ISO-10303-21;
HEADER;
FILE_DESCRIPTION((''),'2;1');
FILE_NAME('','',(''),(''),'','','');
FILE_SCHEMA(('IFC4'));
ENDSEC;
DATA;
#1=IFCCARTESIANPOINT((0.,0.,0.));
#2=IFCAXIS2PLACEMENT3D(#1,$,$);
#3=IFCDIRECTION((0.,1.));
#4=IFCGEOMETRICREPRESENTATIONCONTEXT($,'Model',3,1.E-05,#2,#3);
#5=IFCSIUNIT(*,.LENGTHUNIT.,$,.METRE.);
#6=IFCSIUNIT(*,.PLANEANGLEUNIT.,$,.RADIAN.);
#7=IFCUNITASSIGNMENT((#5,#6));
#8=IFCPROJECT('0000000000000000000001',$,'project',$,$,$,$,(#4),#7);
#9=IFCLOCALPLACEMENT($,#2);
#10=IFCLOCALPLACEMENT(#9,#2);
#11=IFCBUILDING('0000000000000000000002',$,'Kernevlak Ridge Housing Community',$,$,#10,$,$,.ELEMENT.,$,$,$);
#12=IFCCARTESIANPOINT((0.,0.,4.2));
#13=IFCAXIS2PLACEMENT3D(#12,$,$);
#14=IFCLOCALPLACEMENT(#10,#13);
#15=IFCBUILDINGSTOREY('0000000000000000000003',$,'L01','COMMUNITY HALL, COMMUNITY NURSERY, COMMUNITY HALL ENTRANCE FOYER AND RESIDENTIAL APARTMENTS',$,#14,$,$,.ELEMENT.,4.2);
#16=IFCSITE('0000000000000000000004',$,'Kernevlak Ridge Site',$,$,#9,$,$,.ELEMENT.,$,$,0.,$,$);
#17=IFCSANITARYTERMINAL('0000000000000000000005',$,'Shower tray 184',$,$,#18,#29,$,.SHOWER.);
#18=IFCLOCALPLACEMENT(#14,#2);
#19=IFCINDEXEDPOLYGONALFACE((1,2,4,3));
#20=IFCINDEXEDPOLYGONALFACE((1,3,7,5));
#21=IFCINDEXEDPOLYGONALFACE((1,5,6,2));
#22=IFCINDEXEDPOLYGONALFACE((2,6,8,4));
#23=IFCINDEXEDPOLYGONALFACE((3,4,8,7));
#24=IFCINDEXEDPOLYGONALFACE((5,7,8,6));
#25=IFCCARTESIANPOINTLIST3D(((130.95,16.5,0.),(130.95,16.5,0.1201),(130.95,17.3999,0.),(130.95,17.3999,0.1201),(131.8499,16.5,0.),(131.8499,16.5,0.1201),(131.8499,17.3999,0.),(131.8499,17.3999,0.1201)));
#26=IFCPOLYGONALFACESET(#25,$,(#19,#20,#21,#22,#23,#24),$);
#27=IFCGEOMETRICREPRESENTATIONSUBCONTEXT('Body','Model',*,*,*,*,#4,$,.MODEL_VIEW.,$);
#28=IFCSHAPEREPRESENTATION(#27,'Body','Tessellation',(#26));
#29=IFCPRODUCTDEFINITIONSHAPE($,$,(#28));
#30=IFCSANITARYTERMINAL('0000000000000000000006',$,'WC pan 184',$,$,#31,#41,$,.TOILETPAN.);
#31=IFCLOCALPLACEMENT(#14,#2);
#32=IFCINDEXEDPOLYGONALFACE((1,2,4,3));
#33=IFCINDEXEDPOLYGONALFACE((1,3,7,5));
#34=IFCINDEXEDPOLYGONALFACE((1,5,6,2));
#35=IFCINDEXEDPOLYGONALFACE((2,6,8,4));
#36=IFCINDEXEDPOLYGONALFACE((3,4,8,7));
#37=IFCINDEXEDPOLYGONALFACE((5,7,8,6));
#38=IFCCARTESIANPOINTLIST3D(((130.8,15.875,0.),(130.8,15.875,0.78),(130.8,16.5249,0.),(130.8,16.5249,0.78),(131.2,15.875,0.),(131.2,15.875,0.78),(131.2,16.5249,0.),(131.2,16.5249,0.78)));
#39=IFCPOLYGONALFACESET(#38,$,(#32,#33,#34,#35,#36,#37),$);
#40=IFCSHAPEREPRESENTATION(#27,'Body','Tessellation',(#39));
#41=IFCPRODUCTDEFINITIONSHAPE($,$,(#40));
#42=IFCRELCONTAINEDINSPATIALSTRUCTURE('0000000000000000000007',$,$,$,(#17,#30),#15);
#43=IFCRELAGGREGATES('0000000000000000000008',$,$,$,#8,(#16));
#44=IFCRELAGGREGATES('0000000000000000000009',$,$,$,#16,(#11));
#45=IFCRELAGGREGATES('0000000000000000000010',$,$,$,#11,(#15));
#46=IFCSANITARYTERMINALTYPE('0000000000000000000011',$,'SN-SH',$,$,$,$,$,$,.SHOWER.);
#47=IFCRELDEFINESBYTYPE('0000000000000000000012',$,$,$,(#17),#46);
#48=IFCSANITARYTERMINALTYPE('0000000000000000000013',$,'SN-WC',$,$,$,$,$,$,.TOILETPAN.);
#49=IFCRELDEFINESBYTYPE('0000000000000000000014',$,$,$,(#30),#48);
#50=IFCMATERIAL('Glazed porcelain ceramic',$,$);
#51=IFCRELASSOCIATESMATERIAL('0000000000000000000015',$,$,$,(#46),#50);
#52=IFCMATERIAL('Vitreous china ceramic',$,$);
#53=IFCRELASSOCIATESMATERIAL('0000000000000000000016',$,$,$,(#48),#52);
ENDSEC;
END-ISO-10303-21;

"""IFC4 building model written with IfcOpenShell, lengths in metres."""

from ifc_helpers import new_model, si_unit, direction, frame, origin, origin_2d, place, context, subcontext, project, spatial, rectangle, extrude, material, type_object, element, save


model = new_model("IFC4")

# Units and contexts
model_context = context("Model", 3, precision=1e-05, world=origin(), true_north=direction((0.0, 1.0)))
body_context = subcontext(model_context, "Body", "Model", "MODEL_VIEW")
ifc_project = project(units=[si_unit("LENGTHUNIT", "METRE"), si_unit("PLANEANGLEUNIT", "RADIAN")], contexts=[model_context])

# Site, building, storey
site_placement = place(None, origin())
site = spatial("IfcSite", under=ifc_project, at=site_placement, Name="Kernevlak Ridge Site", CompositionType="ELEMENT", RefElevation=0.0)
building_placement = place(site_placement, origin())
building = spatial("IfcBuilding", under=site, at=building_placement, Name="Kernevlak Ridge Housing Community", CompositionType="ELEMENT")
storey_placement = place(building_placement, frame((0.0, 0.0, 4.2)))
storey = spatial("IfcBuildingStorey", under=building, at=storey_placement, Name="L01", Description="COMMUNITY HALL, COMMUNITY NURSERY, COMMUNITY HALL ENTRANCE FOYER AND RESIDENTIAL APARTMENTS", CompositionType="ELEMENT", Elevation=4.2)

# Sanitary terminals
ifc_material_1 = material(Name="Vitreous china ceramic")
ifc_material_2 = material(Name="Glazed porcelain ceramic")
sanitary_terminal_type_1 = type_object("IfcSanitaryTerminalType", Name="SN-SH", PredefinedType="SHOWER", material=ifc_material_2)
sanitary_terminal_1_placement = place(storey_placement, frame((131.3999, 16.95, 0.0), z_axis=(0.0, 0.0, 1.0), x_axis=(1.0, 0.0, 0.0)))
element("IfcSanitaryTerminal", 1, at=sanitary_terminal_1_placement, inside=storey, type_object=sanitary_terminal_type_1, Name="Shower tray 184", PredefinedType="SHOWER", context=body_context, shape_type="SweptSolid", body=[
    extrude(rectangle(XDim=0.8999, YDim=0.8999, at=origin_2d()), origin(), (0.0, 0.0, 1.0), 0.1201),
])
sanitary_terminal_type_2 = type_object("IfcSanitaryTerminalType", Name="SN-WC", PredefinedType="TOILETPAN", material=ifc_material_1)
sanitary_terminal_2_placement = place(storey_placement, frame((131.0, 16.2, 0.0), z_axis=(0.0, 0.0, 1.0), x_axis=(1.0, 0.0, 0.0)))
element("IfcSanitaryTerminal", 2, at=sanitary_terminal_2_placement, inside=storey, type_object=sanitary_terminal_type_2, Name="WC pan 184", PredefinedType="TOILETPAN", context=body_context, shape_type="SweptSolid", body=[
    extrude(rectangle(XDim=0.3999, YDim=0.6499, at=origin_2d()), origin(), (0.0, 0.0, 1.0), 0.78),
])

save(model, "model.ifc")
